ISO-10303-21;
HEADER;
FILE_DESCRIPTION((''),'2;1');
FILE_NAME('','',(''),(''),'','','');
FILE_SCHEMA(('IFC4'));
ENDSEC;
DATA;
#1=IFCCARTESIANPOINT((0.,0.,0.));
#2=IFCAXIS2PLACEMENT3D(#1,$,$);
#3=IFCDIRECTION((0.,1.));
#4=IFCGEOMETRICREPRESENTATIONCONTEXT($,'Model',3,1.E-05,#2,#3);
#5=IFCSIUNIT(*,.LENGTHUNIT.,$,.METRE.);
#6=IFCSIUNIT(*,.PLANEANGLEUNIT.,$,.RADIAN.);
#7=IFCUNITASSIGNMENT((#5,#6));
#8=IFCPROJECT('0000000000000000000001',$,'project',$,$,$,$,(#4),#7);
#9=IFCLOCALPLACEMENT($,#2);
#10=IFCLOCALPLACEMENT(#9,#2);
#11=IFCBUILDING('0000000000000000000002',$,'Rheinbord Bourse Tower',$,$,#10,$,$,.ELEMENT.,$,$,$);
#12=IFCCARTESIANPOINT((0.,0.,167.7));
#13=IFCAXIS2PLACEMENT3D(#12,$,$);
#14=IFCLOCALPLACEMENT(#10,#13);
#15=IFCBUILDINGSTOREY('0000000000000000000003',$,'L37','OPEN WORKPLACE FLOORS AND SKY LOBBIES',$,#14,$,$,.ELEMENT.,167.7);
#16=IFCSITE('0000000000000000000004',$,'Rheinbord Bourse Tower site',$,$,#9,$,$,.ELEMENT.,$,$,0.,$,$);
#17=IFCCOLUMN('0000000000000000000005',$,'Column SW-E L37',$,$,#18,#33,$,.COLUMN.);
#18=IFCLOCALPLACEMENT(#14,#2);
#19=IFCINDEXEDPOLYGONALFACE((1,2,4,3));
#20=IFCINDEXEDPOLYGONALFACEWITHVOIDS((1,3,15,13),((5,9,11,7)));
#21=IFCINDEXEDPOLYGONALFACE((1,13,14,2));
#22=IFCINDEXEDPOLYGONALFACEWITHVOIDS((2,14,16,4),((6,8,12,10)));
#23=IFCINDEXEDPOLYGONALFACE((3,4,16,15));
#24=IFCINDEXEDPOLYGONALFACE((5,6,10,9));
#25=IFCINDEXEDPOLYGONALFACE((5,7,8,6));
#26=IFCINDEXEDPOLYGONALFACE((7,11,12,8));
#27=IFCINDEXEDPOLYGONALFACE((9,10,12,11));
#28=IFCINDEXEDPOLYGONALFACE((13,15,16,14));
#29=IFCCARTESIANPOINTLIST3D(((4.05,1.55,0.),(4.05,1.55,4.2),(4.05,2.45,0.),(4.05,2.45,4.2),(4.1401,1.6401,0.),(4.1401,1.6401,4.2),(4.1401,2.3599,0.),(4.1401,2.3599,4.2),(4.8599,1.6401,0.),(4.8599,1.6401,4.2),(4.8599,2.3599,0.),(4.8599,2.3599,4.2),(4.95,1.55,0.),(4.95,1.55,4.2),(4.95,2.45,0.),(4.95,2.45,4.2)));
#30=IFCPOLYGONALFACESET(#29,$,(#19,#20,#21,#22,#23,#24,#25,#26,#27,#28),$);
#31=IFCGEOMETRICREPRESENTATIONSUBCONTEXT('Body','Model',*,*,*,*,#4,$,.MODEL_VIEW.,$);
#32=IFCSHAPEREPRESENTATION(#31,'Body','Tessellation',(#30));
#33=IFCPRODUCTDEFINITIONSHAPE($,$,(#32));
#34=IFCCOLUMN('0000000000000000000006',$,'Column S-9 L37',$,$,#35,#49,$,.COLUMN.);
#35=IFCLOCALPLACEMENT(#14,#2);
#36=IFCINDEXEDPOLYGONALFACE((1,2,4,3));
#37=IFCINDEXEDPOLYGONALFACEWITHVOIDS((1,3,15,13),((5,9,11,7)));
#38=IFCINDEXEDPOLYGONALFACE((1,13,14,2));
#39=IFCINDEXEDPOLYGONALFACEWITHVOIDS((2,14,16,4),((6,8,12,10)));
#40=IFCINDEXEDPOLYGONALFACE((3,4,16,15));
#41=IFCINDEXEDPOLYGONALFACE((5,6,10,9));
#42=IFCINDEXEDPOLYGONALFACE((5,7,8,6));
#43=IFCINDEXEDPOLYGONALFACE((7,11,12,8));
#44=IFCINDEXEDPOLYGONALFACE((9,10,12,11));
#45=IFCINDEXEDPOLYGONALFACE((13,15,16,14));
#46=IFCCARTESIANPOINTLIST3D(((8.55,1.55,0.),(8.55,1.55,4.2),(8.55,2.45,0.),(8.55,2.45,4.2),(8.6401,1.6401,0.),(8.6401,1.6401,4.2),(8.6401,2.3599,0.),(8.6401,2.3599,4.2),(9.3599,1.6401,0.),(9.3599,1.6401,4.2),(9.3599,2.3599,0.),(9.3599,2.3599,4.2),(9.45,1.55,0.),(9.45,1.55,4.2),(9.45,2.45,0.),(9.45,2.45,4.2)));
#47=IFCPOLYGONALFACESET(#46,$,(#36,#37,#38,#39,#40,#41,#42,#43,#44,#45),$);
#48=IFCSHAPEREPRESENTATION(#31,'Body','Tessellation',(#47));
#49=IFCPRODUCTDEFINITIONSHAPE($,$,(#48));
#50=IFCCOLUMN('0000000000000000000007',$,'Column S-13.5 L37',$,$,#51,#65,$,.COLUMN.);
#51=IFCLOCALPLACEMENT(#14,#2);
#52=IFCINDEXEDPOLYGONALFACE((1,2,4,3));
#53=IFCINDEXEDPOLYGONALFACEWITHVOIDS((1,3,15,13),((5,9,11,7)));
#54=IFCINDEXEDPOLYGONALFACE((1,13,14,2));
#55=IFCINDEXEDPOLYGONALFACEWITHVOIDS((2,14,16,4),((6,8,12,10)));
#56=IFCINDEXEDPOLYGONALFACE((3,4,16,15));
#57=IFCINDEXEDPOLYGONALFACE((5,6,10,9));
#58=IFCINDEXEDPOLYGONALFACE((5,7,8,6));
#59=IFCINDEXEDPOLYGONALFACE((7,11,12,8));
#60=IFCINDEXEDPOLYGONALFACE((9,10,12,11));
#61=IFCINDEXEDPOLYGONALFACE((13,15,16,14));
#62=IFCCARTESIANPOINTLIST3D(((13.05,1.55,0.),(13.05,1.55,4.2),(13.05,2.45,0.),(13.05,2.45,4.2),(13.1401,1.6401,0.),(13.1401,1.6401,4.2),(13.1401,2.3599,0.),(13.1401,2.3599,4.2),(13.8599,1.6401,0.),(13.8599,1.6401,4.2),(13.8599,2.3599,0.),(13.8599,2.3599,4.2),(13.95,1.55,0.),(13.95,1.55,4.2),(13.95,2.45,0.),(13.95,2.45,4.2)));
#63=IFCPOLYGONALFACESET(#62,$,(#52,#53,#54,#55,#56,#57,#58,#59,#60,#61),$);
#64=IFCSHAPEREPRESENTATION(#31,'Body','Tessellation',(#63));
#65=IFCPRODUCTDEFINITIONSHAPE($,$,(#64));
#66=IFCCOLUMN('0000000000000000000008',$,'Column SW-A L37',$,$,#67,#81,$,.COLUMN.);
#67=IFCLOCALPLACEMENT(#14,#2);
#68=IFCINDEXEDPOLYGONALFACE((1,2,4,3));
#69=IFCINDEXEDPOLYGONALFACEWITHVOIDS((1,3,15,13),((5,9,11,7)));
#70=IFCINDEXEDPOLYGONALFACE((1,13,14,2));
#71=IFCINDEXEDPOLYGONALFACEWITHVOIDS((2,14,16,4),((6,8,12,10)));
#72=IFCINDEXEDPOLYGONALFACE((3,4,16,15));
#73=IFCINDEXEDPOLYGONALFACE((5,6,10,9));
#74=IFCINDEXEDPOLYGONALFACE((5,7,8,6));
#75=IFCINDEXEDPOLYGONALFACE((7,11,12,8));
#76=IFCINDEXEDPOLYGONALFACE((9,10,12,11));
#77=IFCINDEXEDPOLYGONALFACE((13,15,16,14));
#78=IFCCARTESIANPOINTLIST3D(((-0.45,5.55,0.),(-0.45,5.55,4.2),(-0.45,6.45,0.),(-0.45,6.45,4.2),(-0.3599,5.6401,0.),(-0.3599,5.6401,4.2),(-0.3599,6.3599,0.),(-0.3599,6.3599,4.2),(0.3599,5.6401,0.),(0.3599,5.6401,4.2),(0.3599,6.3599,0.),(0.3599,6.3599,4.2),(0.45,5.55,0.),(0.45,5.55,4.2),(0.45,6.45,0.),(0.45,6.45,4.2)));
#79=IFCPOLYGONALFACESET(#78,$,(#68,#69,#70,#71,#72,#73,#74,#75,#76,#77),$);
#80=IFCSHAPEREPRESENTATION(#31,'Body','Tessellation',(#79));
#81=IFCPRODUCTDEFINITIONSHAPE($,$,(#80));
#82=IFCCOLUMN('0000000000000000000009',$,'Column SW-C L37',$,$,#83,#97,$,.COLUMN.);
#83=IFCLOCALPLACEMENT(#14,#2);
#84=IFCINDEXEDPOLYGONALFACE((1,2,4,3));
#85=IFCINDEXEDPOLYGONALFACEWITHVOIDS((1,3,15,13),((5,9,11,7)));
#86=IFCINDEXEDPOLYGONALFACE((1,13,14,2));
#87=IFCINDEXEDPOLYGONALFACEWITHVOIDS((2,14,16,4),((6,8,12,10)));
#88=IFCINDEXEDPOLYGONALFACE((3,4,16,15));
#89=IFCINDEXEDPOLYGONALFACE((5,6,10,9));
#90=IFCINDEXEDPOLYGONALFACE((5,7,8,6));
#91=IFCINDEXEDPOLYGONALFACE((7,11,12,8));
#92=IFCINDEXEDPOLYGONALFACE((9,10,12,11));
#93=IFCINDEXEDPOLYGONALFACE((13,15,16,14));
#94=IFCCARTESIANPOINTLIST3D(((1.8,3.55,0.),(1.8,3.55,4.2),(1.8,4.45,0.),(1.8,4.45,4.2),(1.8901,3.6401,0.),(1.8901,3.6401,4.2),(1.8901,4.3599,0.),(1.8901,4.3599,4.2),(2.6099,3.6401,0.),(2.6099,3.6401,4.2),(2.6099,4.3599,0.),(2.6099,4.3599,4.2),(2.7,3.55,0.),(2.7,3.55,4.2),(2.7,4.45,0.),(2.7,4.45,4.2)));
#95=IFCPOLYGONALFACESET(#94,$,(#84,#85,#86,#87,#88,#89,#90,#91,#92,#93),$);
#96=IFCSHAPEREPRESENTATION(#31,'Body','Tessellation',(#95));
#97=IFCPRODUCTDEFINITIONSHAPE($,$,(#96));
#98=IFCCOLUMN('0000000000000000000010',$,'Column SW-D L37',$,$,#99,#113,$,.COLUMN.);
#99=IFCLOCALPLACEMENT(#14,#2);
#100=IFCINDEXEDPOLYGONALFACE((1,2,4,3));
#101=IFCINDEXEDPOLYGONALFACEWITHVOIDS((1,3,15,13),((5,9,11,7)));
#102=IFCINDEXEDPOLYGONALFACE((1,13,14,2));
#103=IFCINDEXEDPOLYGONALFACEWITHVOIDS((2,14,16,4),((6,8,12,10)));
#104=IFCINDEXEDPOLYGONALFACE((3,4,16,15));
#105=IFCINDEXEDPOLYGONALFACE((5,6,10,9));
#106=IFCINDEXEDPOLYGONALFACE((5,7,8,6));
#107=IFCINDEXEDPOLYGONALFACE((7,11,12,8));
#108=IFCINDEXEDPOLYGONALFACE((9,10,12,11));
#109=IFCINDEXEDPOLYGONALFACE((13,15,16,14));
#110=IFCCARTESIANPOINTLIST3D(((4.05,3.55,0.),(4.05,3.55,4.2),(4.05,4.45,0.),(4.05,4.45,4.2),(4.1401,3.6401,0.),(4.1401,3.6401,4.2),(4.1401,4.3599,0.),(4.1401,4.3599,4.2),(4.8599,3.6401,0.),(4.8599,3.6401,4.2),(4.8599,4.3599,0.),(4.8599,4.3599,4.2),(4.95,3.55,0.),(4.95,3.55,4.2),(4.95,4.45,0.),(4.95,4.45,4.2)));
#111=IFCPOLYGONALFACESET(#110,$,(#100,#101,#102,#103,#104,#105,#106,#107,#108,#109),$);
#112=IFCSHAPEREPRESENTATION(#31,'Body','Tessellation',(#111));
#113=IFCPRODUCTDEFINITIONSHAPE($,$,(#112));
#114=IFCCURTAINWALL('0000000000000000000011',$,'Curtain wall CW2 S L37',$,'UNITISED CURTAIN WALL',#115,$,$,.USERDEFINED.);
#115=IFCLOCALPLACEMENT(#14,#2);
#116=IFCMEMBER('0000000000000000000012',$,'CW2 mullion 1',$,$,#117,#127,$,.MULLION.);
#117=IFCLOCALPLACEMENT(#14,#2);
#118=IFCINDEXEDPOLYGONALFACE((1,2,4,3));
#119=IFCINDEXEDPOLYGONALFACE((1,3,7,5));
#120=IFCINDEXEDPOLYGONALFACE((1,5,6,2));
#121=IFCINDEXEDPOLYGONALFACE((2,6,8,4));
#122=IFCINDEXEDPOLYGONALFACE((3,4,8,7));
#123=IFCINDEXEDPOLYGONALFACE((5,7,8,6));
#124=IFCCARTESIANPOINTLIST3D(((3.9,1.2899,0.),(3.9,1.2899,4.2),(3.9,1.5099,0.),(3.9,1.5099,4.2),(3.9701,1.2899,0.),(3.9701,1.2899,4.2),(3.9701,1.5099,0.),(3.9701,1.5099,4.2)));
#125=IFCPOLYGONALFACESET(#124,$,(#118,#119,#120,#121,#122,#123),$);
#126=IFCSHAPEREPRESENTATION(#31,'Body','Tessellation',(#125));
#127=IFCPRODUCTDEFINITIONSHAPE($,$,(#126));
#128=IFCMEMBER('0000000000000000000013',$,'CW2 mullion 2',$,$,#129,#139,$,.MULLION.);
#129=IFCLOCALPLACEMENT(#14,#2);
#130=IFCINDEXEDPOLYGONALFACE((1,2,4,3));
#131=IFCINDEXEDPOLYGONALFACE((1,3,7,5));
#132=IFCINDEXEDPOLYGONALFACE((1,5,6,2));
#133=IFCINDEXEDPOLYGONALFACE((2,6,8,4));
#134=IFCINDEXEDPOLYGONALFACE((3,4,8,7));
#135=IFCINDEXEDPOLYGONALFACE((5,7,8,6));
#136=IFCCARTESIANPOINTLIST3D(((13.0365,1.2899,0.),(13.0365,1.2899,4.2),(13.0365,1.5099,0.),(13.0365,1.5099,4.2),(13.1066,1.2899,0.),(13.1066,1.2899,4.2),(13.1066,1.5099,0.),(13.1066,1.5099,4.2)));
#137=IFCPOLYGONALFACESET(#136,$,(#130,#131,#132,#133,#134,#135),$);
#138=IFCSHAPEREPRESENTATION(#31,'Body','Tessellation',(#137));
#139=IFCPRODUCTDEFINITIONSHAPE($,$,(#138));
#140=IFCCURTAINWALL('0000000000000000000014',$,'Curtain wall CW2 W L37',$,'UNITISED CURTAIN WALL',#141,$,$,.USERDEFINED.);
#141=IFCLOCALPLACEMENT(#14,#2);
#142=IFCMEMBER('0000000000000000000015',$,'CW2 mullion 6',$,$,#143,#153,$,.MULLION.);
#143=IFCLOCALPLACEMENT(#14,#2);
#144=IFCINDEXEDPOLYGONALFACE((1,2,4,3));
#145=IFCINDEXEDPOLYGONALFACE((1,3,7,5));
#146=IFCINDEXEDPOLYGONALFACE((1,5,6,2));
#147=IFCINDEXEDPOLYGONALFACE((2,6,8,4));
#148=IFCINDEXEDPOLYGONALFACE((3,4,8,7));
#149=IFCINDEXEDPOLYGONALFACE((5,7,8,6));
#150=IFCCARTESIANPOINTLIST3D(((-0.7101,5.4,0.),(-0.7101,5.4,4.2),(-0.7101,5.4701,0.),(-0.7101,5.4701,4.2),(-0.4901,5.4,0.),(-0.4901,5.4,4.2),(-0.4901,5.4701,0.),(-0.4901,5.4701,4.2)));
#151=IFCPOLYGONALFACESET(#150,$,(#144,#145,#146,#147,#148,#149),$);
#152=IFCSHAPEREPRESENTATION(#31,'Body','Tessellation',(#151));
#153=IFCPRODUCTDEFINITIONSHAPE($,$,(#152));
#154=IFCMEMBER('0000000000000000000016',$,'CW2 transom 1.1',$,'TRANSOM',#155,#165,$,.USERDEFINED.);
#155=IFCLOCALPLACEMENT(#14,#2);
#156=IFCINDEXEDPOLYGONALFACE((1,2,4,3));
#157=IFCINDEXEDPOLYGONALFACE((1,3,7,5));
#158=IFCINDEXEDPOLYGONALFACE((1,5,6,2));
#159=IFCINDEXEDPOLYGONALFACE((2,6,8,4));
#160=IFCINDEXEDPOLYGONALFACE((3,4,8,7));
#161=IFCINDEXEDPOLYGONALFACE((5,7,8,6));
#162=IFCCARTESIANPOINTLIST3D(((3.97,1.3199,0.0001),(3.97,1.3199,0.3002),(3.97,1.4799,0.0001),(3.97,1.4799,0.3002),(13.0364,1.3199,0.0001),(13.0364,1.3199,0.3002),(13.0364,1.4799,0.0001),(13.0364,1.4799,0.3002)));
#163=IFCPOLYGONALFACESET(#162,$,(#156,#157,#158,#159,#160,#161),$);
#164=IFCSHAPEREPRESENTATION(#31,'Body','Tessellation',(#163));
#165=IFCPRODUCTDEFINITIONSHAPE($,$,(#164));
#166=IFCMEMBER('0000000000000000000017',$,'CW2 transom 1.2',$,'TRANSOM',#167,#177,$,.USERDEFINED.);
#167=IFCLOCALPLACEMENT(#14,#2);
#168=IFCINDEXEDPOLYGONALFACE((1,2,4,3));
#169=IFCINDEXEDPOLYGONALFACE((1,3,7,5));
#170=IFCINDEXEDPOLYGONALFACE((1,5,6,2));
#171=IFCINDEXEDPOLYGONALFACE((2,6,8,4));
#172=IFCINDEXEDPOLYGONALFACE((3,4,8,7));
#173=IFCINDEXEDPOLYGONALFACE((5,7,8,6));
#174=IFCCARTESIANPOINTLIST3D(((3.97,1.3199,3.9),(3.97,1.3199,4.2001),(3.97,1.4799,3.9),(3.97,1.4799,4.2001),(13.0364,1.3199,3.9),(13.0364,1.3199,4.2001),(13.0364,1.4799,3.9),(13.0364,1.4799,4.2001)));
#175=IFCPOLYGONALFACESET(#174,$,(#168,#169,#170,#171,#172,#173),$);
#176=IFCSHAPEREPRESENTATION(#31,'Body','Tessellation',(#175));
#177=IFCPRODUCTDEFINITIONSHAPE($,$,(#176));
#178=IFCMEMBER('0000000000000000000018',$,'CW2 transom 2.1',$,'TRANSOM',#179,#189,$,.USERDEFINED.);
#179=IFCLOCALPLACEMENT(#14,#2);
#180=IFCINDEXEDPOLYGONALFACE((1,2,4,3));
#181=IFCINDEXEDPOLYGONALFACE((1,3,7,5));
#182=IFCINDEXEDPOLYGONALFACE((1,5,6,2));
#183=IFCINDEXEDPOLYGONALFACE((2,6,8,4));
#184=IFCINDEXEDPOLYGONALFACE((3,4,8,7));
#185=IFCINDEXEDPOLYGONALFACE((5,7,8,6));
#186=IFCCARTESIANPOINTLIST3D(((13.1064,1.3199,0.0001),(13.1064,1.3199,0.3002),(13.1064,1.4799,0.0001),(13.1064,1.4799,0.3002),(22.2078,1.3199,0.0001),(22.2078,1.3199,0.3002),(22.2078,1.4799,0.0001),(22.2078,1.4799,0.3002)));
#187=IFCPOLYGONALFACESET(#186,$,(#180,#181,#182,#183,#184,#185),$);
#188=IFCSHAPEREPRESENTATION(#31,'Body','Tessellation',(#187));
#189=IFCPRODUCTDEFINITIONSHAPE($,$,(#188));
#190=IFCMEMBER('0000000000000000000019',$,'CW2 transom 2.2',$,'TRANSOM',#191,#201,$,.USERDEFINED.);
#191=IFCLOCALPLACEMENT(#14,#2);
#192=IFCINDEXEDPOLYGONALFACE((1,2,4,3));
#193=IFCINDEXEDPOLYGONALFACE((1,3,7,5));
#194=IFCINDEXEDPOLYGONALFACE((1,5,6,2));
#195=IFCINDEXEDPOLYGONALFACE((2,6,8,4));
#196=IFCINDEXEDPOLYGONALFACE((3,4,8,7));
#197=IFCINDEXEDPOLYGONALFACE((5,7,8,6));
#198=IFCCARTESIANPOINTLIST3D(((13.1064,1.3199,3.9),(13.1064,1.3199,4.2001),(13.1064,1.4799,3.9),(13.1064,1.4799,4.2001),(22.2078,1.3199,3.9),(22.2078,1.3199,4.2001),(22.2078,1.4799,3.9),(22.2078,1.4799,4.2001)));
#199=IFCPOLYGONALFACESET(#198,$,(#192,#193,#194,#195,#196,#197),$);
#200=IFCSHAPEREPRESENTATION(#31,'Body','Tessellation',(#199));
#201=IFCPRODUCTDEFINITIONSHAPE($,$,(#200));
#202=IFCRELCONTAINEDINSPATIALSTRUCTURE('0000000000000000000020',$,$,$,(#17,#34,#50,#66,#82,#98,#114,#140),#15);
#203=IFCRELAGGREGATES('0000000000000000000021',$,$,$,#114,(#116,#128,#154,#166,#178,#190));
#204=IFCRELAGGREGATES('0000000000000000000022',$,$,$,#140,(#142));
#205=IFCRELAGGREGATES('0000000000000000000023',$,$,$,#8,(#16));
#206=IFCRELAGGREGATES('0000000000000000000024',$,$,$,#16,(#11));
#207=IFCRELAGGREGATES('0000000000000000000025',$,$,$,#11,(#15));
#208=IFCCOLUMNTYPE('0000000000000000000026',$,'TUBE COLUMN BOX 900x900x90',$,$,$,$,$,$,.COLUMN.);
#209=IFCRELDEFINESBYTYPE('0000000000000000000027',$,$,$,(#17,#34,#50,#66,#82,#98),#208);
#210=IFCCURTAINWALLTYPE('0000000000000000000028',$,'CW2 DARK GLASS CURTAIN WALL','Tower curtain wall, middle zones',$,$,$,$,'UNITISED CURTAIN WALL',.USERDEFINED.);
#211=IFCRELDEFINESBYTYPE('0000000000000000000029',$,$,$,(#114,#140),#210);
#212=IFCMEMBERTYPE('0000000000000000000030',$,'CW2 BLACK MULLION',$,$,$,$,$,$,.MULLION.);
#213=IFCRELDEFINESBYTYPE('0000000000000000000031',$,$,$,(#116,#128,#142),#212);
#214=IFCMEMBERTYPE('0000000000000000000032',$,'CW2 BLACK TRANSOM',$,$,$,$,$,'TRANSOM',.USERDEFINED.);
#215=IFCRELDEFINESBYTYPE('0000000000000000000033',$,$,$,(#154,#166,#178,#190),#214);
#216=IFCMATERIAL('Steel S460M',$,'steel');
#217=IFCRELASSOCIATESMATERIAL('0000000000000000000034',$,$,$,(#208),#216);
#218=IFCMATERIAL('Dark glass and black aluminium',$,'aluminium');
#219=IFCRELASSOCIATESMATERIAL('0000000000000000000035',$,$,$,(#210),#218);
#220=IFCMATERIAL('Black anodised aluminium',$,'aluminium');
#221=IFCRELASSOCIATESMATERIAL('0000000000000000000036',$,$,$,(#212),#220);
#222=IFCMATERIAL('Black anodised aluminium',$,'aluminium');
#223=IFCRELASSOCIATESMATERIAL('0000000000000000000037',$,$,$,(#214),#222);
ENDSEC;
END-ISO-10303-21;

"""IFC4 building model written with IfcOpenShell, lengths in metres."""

from ifc_helpers import new_model, si_unit, direction, frame, origin, origin_2d, place, context, subcontext, project, spatial, rectangle, hollow_rectangle, extrude, material, material_profile, profile_set, type_object, element, aggregate, save


model = new_model("IFC4")

# Units and contexts
model_context = context("Model", 3, precision=1e-05, world=origin(), true_north=direction((0.0, 1.0)))
body_context = subcontext(model_context, "Body", "Model", "MODEL_VIEW")
ifc_project = project(units=[si_unit("LENGTHUNIT", "METRE"), si_unit("PLANEANGLEUNIT", "RADIAN")], contexts=[model_context])

# Site, building, storey
site_placement = place(None, origin())
site = spatial("IfcSite", under=ifc_project, at=site_placement, Name="Rheinbord Bourse Tower site", CompositionType="ELEMENT", RefElevation=0.0)
building_placement = place(site_placement, origin())
building = spatial("IfcBuilding", under=site, at=building_placement, Name="Rheinbord Bourse Tower", CompositionType="ELEMENT")
storey_placement = place(building_placement, frame((0.0, 0.0, 167.7)))
storey = spatial("IfcBuildingStorey", under=building, at=storey_placement, Name="L37", Description="OPEN WORKPLACE FLOORS AND SKY LOBBIES", CompositionType="ELEMENT", Elevation=167.7)

# Columns
ifc_material_1 = material(Name="Steel S460M", Category="steel")
ifc_material_profile_1 = material_profile(ifc_material_1, hollow_rectangle(XDim=0.8999, YDim=0.8999, WallThickness=0.0901, at=origin_2d()), Name="BOX 900x900x90")
ifc_profile_set_1 = profile_set([ifc_material_profile_1], Name="Steel S460M")
column_type = type_object("IfcColumnType", Name="TUBE COLUMN BOX 900x900x90", PredefinedType="COLUMN", material=ifc_profile_set_1)
for number, where, z_axis, x_axis, name in (
    (1, (4.5, 2.0, 0.0), (0.0, 0.0, 1.0), (0.0, 1.0, 0.0), "Column SW-E L37"),
    (2, (9.0, 2.0, 0.0), (0.0, 0.0, 1.0), (0.0, 1.0, 0.0), "Column S-9 L37"),
    (3, (13.5, 2.0, 0.0), (0.0, 0.0, 1.0), (0.0, 1.0, 0.0), "Column S-13.5 L37"),
    (4, (0.0, 6.0, 0.0), (0.0, 0.0, 1.0), (1.0, 0.0, 0.0), "Column SW-A L37"),
    (5, (2.25, 4.0, 0.0), (0.0, 0.0, 1.0), (1.0, 0.0, 0.0), "Column SW-C L37"),
    (6, (4.5, 4.0, 0.0), (0.0, 0.0, 1.0), (0.0, 1.0, 0.0), "Column SW-D L37"),
):
    element("IfcColumn", number, at=place(storey_placement, frame(where, z_axis=z_axis, x_axis=x_axis)), inside=storey, type_object=column_type, Name=name, PredefinedType="COLUMN", context=body_context, shape_type="SweptSolid", body=[
        extrude(hollow_rectangle(XDim=0.8999, YDim=0.8999, WallThickness=0.0901, at=origin_2d()), origin(), (0.0, 0.0, 1.0), 4.2),
    ])

# Curtain wall, members
ifc_material_2 = material(Name="Dark glass and black aluminium", Category="aluminium")
curtain_wall_type = type_object("IfcCurtainWallType", Name="CW2 DARK GLASS CURTAIN WALL", Description="Tower curtain wall, middle zones", ElementType="UNITISED CURTAIN WALL", PredefinedType="USERDEFINED", material=ifc_material_2)
curtain_wall_1_placement = place(storey_placement, origin())
curtain_wall_1 = element("IfcCurtainWall", 7, at=curtain_wall_1_placement, inside=storey, type_object=curtain_wall_type, Name="Curtain wall CW2 S L37", ObjectType="UNITISED CURTAIN WALL", PredefinedType="USERDEFINED")
ifc_material_3 = material(Name="Black anodised aluminium", Category="aluminium")
ifc_material_profile_2 = material_profile(ifc_material_3, rectangle(XDim=0.22, YDim=0.0701, at=origin_2d()), Name="CW2 MULLION 70x220")
ifc_profile_set_2 = profile_set([ifc_material_profile_2], Name="Black anodised aluminium")
member_type_1 = type_object("IfcMemberType", Name="CW2 BLACK MULLION", PredefinedType="MULLION", material=ifc_profile_set_2)
member_1_placement = place(storey_placement, frame((3.9351, 1.3999, 0.0), z_axis=(0.0, 0.0, 1.0), x_axis=(0.0, 1.0, 0.0)))
member_1 = element("IfcMember", 8, at=member_1_placement, type_object=member_type_1, Name="CW2 mullion 1", PredefinedType="MULLION", context=body_context, shape_type="SweptSolid", body=[
    extrude(rectangle(XDim=0.22, YDim=0.0701, at=origin_2d()), origin(), (0.0, 0.0, 1.0), 4.2),
])
member_2_placement = place(storey_placement, frame((13.0715, 1.3999, 0.0), z_axis=(0.0, 0.0, 1.0), x_axis=(0.0, 1.0, 0.0)))
member_2 = element("IfcMember", 9, at=member_2_placement, type_object=member_type_1, Name="CW2 mullion 2", PredefinedType="MULLION", context=body_context, shape_type="SweptSolid", body=[
    extrude(rectangle(XDim=0.22, YDim=0.0701, at=origin_2d()), origin(), (0.0, 0.0, 1.0), 4.2),
])

# Curtain wall, member
curtain_wall_2_placement = place(storey_placement, origin())
curtain_wall_2 = element("IfcCurtainWall", 10, at=curtain_wall_2_placement, inside=storey, type_object=curtain_wall_type, Name="Curtain wall CW2 W L37", ObjectType="UNITISED CURTAIN WALL", PredefinedType="USERDEFINED")
member_3_placement = place(storey_placement, frame((-0.6001, 5.4351, 0.0), z_axis=(0.0, 0.0, 1.0), x_axis=(1.0, 0.0, 0.0)))
member_3 = element("IfcMember", 11, at=member_3_placement, type_object=member_type_1, Name="CW2 mullion 6", PredefinedType="MULLION", context=body_context, shape_type="SweptSolid", body=[
    extrude(rectangle(XDim=0.22, YDim=0.0701, at=origin_2d()), origin(), (0.0, 0.0, 1.0), 4.2),
])

# Members
ifc_material_4 = material(Name="Black anodised aluminium", Category="aluminium")
ifc_material_profile_3 = material_profile(ifc_material_4, rectangle(XDim=0.1599, YDim=0.3, at=origin_2d()), Name="CW2 TRANSOM 300x160")
ifc_profile_set_3 = profile_set([ifc_material_profile_3], Name="Black anodised aluminium")
member_type_2 = type_object("IfcMemberType", Name="CW2 BLACK TRANSOM", ElementType="TRANSOM", PredefinedType="USERDEFINED", material=ifc_profile_set_3)
member_4_placement = place(storey_placement, frame((3.97, 1.3999, 0.1501), z_axis=(1.0, 0.0, 0.0), x_axis=(0.0, 1.0, 0.0)))
member_4 = element("IfcMember", 12, at=member_4_placement, type_object=member_type_2, Name="CW2 transom 1.1", ObjectType="TRANSOM", PredefinedType="USERDEFINED", context=body_context, shape_type="SweptSolid", body=[
    extrude(rectangle(XDim=0.1599, YDim=0.3, at=origin_2d()), origin(), (0.0, 0.0, 1.0), 9.0664),
])
member_5_placement = place(storey_placement, frame((3.97, 1.3999, 4.05), z_axis=(1.0, 0.0, 0.0), x_axis=(0.0, 1.0, 0.0)))
member_5 = element("IfcMember", 13, at=member_5_placement, type_object=member_type_2, Name="CW2 transom 1.2", ObjectType="TRANSOM", PredefinedType="USERDEFINED", context=body_context, shape_type="SweptSolid", body=[
    extrude(rectangle(XDim=0.1599, YDim=0.3, at=origin_2d()), origin(), (0.0, 0.0, 1.0), 9.0664),
])
member_6_placement = place(storey_placement, frame((13.1064, 1.3999, 0.1501), z_axis=(1.0, 0.0, 0.0), x_axis=(0.0, 1.0, 0.0)))
member_6 = element("IfcMember", 14, at=member_6_placement, type_object=member_type_2, Name="CW2 transom 2.1", ObjectType="TRANSOM", PredefinedType="USERDEFINED", context=body_context, shape_type="SweptSolid", body=[
    extrude(rectangle(XDim=0.1599, YDim=0.3, at=origin_2d()), origin(), (0.0, 0.0, 1.0), 9.1013),
])
member_7_placement = place(storey_placement, frame((13.1064, 1.3999, 4.05), z_axis=(1.0, 0.0, 0.0), x_axis=(0.0, 1.0, 0.0)))
member_7 = element("IfcMember", 15, at=member_7_placement, type_object=member_type_2, Name="CW2 transom 2.2", ObjectType="TRANSOM", PredefinedType="USERDEFINED", context=body_context, shape_type="SweptSolid", body=[
    extrude(rectangle(XDim=0.1599, YDim=0.3, at=origin_2d()), origin(), (0.0, 0.0, 1.0), 9.1013),
])

aggregate(curtain_wall_1, [member_1, member_2, member_4, member_5, member_6, member_7])
aggregate(curtain_wall_2, [member_3])

save(model, "model.ifc")
